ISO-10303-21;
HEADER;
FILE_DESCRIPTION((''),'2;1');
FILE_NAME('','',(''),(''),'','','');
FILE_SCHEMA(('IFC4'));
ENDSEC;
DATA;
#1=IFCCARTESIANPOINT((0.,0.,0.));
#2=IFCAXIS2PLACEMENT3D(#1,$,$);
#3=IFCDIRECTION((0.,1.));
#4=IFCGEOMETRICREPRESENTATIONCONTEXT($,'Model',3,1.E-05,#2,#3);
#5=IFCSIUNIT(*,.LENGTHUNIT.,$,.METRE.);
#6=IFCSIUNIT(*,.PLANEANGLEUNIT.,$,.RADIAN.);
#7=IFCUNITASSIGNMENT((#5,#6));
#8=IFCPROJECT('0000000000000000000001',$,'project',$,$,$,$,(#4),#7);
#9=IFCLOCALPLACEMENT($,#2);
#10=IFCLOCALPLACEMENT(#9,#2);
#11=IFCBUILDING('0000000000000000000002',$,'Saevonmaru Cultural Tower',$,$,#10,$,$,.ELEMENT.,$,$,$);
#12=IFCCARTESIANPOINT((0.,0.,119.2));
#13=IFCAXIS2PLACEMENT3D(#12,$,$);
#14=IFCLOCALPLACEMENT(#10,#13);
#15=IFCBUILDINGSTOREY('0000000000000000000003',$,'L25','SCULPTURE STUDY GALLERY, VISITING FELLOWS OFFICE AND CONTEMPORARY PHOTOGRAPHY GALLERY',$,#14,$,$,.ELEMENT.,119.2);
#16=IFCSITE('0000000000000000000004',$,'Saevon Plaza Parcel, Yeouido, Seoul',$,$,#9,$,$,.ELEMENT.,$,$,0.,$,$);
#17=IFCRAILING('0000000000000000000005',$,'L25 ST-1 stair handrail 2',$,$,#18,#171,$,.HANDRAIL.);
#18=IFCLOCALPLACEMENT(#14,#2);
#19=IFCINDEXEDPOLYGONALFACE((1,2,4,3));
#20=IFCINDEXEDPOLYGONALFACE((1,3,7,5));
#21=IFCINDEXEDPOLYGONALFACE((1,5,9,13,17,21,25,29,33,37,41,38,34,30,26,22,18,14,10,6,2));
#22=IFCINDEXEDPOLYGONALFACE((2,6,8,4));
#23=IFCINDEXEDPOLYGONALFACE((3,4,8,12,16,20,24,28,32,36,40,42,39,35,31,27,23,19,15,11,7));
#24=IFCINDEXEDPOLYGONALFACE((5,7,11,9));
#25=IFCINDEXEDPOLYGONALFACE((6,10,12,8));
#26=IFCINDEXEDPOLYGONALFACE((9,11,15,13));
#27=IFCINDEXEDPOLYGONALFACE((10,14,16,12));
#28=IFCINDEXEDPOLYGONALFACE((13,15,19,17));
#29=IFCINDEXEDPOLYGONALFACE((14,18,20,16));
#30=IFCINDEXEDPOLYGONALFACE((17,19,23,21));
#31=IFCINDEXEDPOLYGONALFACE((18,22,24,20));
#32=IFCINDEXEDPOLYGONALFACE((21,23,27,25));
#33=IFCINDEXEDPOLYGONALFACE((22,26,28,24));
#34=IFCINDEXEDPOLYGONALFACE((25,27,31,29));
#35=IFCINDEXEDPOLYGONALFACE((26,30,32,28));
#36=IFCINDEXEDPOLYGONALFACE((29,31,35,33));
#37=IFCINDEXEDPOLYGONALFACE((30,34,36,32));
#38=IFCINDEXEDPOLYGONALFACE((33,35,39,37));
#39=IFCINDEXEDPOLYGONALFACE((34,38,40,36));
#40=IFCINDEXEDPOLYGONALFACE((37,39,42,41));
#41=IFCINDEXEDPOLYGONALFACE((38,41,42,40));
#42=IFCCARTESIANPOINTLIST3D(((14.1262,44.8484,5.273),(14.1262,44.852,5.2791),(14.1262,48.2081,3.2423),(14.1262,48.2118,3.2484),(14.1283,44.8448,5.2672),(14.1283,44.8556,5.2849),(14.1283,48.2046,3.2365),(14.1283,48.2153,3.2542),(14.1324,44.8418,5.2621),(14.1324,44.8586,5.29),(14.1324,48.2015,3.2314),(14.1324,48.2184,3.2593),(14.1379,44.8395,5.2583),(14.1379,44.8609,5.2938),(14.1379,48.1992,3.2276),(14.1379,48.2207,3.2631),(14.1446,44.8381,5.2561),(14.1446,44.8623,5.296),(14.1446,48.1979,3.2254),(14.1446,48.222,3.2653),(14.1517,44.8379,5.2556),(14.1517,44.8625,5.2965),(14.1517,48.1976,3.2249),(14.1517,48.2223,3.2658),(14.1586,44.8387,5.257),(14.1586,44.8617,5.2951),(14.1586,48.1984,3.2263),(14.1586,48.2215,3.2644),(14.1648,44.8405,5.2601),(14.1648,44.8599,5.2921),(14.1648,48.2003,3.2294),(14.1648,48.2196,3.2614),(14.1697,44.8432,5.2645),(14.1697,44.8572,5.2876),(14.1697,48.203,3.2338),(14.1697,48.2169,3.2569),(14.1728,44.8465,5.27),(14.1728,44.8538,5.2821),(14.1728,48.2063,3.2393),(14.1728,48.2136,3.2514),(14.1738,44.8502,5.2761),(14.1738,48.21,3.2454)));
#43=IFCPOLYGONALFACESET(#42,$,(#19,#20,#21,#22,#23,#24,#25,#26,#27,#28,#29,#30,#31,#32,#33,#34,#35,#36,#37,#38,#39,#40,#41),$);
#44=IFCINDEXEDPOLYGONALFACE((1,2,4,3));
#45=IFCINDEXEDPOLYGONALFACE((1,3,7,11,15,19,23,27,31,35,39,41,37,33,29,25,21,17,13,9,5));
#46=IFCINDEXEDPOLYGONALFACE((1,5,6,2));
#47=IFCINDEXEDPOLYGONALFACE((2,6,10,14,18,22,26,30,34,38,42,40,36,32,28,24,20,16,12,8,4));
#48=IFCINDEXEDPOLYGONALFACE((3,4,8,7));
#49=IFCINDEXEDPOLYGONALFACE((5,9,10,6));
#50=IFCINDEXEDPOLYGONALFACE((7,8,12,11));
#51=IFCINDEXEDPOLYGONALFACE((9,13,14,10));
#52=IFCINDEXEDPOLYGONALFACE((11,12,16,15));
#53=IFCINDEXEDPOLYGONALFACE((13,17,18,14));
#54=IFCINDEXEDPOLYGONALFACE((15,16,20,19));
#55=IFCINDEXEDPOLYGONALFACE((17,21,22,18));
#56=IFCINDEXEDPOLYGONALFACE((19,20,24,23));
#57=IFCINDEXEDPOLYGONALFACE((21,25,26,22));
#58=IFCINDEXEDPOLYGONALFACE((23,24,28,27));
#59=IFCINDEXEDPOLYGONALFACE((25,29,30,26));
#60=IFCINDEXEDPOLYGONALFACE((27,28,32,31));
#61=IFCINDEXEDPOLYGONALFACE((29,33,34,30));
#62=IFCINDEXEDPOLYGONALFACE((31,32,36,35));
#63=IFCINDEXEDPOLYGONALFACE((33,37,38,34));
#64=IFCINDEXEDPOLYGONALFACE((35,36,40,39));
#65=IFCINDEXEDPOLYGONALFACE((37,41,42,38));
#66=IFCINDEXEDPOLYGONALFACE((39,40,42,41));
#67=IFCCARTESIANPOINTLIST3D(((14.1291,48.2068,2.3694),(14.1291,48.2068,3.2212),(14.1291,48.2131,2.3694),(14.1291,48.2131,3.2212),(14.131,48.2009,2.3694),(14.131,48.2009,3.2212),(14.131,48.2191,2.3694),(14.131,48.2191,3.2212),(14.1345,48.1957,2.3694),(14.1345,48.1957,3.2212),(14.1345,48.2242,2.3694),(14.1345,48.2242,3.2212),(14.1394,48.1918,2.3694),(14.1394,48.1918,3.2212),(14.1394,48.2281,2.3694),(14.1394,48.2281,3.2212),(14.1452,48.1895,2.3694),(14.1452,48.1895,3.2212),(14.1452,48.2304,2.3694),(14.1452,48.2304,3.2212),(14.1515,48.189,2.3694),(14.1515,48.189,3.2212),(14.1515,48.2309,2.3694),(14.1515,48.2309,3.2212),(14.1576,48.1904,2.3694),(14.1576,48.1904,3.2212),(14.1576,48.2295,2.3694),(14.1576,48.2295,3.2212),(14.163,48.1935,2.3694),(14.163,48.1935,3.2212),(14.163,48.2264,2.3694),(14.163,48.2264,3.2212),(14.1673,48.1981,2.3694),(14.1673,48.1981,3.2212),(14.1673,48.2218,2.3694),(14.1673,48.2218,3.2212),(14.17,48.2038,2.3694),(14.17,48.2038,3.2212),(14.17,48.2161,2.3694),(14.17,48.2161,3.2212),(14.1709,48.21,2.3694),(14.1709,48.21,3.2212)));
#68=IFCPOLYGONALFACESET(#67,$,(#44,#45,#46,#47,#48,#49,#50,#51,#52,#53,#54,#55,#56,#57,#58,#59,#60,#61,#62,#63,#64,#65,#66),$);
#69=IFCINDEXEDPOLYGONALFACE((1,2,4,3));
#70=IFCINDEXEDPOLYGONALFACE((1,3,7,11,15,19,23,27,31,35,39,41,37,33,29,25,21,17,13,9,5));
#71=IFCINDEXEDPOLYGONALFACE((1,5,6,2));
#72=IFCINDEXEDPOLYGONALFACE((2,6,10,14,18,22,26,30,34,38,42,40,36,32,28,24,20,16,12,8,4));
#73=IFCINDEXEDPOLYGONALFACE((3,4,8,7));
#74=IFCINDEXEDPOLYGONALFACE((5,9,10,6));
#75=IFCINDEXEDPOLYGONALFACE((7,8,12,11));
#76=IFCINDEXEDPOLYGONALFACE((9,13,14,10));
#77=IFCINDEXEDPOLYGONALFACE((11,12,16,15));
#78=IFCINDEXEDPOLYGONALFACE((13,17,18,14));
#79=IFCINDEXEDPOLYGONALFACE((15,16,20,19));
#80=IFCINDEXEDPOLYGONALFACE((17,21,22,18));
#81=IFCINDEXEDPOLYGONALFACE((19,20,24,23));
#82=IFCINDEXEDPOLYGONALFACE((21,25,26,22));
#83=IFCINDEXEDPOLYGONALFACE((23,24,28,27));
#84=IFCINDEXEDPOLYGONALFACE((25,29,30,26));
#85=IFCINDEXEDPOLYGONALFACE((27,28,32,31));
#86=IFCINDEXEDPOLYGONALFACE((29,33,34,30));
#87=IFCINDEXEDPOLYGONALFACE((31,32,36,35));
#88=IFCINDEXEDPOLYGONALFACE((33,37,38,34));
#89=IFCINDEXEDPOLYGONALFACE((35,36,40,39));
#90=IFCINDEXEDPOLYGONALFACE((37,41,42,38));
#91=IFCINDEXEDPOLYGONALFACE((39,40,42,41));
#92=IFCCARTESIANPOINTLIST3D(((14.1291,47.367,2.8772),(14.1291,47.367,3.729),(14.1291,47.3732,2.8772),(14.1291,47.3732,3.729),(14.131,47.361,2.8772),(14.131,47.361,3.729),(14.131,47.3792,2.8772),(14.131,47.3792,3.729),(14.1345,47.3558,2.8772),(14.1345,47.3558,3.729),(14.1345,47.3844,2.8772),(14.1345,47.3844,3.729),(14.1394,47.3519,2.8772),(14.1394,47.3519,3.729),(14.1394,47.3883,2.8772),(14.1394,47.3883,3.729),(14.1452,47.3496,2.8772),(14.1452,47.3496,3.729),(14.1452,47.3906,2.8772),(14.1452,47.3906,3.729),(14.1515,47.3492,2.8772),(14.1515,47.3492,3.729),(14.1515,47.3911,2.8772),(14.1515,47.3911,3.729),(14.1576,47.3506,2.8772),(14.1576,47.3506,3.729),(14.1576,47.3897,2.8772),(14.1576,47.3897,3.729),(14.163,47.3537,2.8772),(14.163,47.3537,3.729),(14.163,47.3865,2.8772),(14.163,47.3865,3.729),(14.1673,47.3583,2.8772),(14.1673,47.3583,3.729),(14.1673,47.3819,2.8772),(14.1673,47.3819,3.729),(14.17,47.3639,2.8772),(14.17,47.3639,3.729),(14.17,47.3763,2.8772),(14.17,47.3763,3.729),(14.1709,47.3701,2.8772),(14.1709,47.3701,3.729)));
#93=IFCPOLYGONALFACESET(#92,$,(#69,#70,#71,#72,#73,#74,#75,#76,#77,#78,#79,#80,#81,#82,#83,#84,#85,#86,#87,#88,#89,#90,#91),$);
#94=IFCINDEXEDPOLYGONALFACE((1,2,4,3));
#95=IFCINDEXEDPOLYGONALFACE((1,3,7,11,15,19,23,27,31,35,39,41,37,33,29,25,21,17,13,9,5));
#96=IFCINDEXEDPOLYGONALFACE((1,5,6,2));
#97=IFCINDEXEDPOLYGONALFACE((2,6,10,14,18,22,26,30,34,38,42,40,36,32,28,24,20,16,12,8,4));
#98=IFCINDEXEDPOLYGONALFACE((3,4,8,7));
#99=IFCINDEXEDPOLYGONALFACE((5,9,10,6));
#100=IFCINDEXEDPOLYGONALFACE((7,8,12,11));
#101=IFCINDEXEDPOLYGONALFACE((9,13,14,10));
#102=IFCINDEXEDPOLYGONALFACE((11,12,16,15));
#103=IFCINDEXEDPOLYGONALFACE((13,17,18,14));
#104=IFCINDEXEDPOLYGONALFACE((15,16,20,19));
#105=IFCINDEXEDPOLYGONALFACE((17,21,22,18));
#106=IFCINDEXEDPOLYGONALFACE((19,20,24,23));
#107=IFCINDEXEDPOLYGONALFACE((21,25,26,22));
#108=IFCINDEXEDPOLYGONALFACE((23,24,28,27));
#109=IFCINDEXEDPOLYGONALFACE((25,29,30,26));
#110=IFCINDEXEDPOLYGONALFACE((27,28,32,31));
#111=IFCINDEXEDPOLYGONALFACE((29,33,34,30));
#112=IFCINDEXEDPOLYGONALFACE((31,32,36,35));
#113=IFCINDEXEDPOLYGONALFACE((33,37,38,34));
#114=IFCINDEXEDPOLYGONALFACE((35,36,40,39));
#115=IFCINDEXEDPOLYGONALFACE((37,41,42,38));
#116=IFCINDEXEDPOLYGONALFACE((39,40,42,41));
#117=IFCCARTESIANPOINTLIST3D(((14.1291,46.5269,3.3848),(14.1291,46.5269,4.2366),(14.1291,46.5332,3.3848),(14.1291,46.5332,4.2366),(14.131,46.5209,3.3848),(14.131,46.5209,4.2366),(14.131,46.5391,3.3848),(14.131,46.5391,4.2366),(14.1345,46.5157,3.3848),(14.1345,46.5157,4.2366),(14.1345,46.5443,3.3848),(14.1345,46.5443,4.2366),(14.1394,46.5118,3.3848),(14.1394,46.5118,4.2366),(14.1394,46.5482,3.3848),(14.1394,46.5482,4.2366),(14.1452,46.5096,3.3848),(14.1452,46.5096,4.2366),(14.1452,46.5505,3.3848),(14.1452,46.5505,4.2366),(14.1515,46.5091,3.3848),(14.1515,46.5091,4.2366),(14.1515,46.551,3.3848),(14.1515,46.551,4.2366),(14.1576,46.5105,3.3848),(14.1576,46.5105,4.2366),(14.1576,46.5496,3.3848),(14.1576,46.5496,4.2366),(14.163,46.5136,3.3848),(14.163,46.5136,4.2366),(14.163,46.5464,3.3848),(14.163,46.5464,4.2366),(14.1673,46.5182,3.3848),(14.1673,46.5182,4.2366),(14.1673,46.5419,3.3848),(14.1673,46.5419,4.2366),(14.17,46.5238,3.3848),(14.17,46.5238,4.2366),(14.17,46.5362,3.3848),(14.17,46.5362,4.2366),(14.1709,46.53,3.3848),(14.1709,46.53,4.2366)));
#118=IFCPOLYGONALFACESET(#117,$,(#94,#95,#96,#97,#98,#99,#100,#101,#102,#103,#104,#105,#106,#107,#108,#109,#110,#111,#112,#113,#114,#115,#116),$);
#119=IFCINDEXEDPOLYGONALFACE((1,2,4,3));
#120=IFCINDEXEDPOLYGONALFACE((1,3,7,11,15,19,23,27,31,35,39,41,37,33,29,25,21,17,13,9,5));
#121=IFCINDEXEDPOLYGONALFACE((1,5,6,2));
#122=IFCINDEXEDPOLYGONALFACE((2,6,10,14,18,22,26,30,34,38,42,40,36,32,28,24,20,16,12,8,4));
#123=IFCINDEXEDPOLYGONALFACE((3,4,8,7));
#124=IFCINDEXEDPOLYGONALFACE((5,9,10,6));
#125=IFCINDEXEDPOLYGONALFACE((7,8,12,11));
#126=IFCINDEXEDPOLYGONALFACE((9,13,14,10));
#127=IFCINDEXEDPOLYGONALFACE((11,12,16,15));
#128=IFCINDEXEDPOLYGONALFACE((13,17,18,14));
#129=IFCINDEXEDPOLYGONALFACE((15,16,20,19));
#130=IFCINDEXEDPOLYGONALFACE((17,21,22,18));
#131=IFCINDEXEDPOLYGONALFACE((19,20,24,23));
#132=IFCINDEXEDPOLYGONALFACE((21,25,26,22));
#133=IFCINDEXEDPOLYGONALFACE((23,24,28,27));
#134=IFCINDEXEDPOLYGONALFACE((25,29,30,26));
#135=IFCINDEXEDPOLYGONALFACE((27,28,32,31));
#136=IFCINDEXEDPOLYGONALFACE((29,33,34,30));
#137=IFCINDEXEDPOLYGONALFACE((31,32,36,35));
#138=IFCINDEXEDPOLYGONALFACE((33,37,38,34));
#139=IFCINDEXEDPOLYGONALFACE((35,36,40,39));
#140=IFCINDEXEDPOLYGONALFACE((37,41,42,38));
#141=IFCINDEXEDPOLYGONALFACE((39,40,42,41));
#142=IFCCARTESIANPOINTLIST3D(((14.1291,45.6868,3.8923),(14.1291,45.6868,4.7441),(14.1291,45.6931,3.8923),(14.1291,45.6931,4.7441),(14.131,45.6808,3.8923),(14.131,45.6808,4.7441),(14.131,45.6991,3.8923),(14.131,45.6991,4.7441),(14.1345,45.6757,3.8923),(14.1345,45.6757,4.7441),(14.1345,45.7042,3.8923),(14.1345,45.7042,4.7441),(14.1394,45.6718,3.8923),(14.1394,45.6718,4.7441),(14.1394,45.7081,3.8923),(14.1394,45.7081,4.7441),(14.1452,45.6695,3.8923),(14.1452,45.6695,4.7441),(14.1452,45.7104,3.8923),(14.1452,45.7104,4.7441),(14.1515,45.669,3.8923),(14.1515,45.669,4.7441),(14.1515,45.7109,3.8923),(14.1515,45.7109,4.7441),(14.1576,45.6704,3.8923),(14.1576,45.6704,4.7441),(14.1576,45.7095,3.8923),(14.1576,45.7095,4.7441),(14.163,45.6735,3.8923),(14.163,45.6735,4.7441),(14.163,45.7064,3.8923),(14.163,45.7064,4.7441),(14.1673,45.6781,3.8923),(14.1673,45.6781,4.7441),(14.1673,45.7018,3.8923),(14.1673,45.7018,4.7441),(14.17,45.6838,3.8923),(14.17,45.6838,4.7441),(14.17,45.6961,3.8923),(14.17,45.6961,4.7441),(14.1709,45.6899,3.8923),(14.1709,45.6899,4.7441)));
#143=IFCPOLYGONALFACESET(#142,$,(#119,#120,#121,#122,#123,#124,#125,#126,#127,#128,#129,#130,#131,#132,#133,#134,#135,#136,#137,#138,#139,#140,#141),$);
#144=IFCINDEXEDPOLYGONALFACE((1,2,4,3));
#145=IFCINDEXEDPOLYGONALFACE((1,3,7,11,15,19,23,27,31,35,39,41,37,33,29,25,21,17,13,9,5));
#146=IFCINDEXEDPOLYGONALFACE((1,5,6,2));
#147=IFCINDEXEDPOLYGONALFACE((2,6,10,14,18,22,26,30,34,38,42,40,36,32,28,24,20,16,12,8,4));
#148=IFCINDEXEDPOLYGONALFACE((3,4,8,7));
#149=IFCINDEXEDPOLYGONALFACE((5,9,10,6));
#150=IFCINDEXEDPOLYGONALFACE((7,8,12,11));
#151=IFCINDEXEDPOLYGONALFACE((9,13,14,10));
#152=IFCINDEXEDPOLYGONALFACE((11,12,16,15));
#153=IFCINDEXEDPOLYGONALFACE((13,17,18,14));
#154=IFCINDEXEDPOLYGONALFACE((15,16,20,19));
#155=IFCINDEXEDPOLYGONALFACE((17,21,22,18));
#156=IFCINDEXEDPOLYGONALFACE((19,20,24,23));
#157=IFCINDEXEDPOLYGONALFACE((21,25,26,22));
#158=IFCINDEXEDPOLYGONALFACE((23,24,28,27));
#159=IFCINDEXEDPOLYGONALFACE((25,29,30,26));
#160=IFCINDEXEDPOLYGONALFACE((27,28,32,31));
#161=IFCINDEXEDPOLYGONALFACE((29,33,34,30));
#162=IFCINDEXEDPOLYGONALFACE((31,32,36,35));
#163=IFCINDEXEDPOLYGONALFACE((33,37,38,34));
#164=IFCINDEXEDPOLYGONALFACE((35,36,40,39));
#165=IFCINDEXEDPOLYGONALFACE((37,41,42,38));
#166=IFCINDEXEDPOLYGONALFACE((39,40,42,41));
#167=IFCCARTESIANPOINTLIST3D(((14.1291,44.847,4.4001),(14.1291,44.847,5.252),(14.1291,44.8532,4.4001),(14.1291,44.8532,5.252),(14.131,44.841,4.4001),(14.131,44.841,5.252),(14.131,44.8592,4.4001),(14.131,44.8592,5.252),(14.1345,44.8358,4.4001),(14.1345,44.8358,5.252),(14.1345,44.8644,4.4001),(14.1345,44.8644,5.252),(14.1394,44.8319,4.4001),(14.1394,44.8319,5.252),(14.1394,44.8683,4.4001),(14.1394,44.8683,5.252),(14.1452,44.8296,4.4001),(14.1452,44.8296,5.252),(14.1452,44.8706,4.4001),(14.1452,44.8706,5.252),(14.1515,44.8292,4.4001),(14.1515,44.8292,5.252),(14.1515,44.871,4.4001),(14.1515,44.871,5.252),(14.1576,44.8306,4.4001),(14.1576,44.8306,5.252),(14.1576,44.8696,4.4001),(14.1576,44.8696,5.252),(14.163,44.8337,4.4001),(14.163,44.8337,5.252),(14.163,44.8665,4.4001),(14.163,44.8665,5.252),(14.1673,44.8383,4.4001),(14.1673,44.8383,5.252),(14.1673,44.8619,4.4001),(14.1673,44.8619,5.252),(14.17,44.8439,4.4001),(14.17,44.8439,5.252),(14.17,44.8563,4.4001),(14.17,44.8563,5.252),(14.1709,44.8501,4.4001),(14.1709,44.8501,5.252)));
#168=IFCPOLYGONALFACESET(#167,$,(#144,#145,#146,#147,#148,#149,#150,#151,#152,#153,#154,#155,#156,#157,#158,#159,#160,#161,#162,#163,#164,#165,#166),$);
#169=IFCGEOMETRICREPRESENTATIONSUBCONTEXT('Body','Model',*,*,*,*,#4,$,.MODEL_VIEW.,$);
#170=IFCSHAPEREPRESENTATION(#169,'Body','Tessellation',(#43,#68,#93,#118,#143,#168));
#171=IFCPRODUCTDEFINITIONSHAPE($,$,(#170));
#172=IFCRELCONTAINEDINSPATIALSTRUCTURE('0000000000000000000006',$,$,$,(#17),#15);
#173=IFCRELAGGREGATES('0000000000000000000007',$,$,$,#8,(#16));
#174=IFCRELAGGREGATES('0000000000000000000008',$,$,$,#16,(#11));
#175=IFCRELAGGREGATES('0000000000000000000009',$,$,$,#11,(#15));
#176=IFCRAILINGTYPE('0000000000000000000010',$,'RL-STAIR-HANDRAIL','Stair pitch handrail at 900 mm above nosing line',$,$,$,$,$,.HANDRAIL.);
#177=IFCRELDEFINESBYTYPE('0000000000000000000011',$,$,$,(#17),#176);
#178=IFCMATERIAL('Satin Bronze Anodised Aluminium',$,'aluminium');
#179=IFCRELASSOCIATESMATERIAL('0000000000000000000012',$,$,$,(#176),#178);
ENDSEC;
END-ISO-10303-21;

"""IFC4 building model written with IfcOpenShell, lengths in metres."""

from ifc_helpers import new_model, si_unit, direction, frame, origin, origin_2d, place, context, subcontext, project, spatial, circle, extrude, material, type_object, element, save


model = new_model("IFC4")

# Units and contexts
model_context = context("Model", 3, precision=1e-05, world=origin(), true_north=direction((0.0, 1.0)))
body_context = subcontext(model_context, "Body", "Model", "MODEL_VIEW")
ifc_project = project(units=[si_unit("LENGTHUNIT", "METRE"), si_unit("PLANEANGLEUNIT", "RADIAN")], contexts=[model_context])

# Site, building, storey
site_placement = place(None, origin())
site = spatial("IfcSite", under=ifc_project, at=site_placement, Name="Saevon Plaza Parcel, Yeouido, Seoul", CompositionType="ELEMENT", RefElevation=0.0)
building_placement = place(site_placement, origin())
building = spatial("IfcBuilding", under=site, at=building_placement, Name="Saevonmaru Cultural Tower", CompositionType="ELEMENT")
storey_placement = place(building_placement, frame((0.0, 0.0, 119.2)))
storey = spatial("IfcBuildingStorey", under=building, at=storey_placement, Name="L25", Description="SCULPTURE STUDY GALLERY, VISITING FELLOWS OFFICE AND CONTEMPORARY PHOTOGRAPHY GALLERY", CompositionType="ELEMENT", Elevation=119.2)

# Shared definitions
ifc_material_1 = material(Name="Satin Bronze Anodised Aluminium", Category="aluminium")

# Railing
railing_type_1 = type_object("IfcRailingType", Name="RL-STAIR-HANDRAIL", Description="Stair pitch handrail at 900 mm above nosing line", PredefinedType="HANDRAIL", material=ifc_material_1)
railing_1_placement = place(storey_placement, frame((14.1499, 48.21, 2.3694)))
element("IfcRailing", 1, at=railing_1_placement, inside=storey, type_object=railing_type_1, Name="L25 ST-1 stair handrail 2", PredefinedType="HANDRAIL", context=body_context, shape_type="SweptSolid", body=[
    extrude(circle(Radius=0.0239, at=origin_2d()), frame((0.0, 0.0, 0.876), z_axis=(0.0, -0.85582, 0.517273), x_axis=(1.0, 0.0, 0.0)), (0.0, 0.0, 1.0), 3.9258),
    extrude(circle(Radius=0.021, at=origin_2d()), origin(), (0.0, 0.0, 1.0), 0.8518),
    extrude(circle(Radius=0.021, at=origin_2d()), frame((0.0, -0.8398, 0.5078)), (0.0, 0.0, 1.0), 0.8518),
    extrude(circle(Radius=0.021, at=origin_2d()), frame((0.0, -1.6799, 1.0154)), (0.0, 0.0, 1.0), 0.8518),
    extrude(circle(Radius=0.021, at=origin_2d()), frame((0.0, -2.52, 1.5229)), (0.0, 0.0, 1.0), 0.8518),
    extrude(circle(Radius=0.021, at=origin_2d()), frame((0.0, -3.3599, 2.0308)), (0.0, 0.0, 1.0), 0.8518),
])

save(model, "model.ifc")
